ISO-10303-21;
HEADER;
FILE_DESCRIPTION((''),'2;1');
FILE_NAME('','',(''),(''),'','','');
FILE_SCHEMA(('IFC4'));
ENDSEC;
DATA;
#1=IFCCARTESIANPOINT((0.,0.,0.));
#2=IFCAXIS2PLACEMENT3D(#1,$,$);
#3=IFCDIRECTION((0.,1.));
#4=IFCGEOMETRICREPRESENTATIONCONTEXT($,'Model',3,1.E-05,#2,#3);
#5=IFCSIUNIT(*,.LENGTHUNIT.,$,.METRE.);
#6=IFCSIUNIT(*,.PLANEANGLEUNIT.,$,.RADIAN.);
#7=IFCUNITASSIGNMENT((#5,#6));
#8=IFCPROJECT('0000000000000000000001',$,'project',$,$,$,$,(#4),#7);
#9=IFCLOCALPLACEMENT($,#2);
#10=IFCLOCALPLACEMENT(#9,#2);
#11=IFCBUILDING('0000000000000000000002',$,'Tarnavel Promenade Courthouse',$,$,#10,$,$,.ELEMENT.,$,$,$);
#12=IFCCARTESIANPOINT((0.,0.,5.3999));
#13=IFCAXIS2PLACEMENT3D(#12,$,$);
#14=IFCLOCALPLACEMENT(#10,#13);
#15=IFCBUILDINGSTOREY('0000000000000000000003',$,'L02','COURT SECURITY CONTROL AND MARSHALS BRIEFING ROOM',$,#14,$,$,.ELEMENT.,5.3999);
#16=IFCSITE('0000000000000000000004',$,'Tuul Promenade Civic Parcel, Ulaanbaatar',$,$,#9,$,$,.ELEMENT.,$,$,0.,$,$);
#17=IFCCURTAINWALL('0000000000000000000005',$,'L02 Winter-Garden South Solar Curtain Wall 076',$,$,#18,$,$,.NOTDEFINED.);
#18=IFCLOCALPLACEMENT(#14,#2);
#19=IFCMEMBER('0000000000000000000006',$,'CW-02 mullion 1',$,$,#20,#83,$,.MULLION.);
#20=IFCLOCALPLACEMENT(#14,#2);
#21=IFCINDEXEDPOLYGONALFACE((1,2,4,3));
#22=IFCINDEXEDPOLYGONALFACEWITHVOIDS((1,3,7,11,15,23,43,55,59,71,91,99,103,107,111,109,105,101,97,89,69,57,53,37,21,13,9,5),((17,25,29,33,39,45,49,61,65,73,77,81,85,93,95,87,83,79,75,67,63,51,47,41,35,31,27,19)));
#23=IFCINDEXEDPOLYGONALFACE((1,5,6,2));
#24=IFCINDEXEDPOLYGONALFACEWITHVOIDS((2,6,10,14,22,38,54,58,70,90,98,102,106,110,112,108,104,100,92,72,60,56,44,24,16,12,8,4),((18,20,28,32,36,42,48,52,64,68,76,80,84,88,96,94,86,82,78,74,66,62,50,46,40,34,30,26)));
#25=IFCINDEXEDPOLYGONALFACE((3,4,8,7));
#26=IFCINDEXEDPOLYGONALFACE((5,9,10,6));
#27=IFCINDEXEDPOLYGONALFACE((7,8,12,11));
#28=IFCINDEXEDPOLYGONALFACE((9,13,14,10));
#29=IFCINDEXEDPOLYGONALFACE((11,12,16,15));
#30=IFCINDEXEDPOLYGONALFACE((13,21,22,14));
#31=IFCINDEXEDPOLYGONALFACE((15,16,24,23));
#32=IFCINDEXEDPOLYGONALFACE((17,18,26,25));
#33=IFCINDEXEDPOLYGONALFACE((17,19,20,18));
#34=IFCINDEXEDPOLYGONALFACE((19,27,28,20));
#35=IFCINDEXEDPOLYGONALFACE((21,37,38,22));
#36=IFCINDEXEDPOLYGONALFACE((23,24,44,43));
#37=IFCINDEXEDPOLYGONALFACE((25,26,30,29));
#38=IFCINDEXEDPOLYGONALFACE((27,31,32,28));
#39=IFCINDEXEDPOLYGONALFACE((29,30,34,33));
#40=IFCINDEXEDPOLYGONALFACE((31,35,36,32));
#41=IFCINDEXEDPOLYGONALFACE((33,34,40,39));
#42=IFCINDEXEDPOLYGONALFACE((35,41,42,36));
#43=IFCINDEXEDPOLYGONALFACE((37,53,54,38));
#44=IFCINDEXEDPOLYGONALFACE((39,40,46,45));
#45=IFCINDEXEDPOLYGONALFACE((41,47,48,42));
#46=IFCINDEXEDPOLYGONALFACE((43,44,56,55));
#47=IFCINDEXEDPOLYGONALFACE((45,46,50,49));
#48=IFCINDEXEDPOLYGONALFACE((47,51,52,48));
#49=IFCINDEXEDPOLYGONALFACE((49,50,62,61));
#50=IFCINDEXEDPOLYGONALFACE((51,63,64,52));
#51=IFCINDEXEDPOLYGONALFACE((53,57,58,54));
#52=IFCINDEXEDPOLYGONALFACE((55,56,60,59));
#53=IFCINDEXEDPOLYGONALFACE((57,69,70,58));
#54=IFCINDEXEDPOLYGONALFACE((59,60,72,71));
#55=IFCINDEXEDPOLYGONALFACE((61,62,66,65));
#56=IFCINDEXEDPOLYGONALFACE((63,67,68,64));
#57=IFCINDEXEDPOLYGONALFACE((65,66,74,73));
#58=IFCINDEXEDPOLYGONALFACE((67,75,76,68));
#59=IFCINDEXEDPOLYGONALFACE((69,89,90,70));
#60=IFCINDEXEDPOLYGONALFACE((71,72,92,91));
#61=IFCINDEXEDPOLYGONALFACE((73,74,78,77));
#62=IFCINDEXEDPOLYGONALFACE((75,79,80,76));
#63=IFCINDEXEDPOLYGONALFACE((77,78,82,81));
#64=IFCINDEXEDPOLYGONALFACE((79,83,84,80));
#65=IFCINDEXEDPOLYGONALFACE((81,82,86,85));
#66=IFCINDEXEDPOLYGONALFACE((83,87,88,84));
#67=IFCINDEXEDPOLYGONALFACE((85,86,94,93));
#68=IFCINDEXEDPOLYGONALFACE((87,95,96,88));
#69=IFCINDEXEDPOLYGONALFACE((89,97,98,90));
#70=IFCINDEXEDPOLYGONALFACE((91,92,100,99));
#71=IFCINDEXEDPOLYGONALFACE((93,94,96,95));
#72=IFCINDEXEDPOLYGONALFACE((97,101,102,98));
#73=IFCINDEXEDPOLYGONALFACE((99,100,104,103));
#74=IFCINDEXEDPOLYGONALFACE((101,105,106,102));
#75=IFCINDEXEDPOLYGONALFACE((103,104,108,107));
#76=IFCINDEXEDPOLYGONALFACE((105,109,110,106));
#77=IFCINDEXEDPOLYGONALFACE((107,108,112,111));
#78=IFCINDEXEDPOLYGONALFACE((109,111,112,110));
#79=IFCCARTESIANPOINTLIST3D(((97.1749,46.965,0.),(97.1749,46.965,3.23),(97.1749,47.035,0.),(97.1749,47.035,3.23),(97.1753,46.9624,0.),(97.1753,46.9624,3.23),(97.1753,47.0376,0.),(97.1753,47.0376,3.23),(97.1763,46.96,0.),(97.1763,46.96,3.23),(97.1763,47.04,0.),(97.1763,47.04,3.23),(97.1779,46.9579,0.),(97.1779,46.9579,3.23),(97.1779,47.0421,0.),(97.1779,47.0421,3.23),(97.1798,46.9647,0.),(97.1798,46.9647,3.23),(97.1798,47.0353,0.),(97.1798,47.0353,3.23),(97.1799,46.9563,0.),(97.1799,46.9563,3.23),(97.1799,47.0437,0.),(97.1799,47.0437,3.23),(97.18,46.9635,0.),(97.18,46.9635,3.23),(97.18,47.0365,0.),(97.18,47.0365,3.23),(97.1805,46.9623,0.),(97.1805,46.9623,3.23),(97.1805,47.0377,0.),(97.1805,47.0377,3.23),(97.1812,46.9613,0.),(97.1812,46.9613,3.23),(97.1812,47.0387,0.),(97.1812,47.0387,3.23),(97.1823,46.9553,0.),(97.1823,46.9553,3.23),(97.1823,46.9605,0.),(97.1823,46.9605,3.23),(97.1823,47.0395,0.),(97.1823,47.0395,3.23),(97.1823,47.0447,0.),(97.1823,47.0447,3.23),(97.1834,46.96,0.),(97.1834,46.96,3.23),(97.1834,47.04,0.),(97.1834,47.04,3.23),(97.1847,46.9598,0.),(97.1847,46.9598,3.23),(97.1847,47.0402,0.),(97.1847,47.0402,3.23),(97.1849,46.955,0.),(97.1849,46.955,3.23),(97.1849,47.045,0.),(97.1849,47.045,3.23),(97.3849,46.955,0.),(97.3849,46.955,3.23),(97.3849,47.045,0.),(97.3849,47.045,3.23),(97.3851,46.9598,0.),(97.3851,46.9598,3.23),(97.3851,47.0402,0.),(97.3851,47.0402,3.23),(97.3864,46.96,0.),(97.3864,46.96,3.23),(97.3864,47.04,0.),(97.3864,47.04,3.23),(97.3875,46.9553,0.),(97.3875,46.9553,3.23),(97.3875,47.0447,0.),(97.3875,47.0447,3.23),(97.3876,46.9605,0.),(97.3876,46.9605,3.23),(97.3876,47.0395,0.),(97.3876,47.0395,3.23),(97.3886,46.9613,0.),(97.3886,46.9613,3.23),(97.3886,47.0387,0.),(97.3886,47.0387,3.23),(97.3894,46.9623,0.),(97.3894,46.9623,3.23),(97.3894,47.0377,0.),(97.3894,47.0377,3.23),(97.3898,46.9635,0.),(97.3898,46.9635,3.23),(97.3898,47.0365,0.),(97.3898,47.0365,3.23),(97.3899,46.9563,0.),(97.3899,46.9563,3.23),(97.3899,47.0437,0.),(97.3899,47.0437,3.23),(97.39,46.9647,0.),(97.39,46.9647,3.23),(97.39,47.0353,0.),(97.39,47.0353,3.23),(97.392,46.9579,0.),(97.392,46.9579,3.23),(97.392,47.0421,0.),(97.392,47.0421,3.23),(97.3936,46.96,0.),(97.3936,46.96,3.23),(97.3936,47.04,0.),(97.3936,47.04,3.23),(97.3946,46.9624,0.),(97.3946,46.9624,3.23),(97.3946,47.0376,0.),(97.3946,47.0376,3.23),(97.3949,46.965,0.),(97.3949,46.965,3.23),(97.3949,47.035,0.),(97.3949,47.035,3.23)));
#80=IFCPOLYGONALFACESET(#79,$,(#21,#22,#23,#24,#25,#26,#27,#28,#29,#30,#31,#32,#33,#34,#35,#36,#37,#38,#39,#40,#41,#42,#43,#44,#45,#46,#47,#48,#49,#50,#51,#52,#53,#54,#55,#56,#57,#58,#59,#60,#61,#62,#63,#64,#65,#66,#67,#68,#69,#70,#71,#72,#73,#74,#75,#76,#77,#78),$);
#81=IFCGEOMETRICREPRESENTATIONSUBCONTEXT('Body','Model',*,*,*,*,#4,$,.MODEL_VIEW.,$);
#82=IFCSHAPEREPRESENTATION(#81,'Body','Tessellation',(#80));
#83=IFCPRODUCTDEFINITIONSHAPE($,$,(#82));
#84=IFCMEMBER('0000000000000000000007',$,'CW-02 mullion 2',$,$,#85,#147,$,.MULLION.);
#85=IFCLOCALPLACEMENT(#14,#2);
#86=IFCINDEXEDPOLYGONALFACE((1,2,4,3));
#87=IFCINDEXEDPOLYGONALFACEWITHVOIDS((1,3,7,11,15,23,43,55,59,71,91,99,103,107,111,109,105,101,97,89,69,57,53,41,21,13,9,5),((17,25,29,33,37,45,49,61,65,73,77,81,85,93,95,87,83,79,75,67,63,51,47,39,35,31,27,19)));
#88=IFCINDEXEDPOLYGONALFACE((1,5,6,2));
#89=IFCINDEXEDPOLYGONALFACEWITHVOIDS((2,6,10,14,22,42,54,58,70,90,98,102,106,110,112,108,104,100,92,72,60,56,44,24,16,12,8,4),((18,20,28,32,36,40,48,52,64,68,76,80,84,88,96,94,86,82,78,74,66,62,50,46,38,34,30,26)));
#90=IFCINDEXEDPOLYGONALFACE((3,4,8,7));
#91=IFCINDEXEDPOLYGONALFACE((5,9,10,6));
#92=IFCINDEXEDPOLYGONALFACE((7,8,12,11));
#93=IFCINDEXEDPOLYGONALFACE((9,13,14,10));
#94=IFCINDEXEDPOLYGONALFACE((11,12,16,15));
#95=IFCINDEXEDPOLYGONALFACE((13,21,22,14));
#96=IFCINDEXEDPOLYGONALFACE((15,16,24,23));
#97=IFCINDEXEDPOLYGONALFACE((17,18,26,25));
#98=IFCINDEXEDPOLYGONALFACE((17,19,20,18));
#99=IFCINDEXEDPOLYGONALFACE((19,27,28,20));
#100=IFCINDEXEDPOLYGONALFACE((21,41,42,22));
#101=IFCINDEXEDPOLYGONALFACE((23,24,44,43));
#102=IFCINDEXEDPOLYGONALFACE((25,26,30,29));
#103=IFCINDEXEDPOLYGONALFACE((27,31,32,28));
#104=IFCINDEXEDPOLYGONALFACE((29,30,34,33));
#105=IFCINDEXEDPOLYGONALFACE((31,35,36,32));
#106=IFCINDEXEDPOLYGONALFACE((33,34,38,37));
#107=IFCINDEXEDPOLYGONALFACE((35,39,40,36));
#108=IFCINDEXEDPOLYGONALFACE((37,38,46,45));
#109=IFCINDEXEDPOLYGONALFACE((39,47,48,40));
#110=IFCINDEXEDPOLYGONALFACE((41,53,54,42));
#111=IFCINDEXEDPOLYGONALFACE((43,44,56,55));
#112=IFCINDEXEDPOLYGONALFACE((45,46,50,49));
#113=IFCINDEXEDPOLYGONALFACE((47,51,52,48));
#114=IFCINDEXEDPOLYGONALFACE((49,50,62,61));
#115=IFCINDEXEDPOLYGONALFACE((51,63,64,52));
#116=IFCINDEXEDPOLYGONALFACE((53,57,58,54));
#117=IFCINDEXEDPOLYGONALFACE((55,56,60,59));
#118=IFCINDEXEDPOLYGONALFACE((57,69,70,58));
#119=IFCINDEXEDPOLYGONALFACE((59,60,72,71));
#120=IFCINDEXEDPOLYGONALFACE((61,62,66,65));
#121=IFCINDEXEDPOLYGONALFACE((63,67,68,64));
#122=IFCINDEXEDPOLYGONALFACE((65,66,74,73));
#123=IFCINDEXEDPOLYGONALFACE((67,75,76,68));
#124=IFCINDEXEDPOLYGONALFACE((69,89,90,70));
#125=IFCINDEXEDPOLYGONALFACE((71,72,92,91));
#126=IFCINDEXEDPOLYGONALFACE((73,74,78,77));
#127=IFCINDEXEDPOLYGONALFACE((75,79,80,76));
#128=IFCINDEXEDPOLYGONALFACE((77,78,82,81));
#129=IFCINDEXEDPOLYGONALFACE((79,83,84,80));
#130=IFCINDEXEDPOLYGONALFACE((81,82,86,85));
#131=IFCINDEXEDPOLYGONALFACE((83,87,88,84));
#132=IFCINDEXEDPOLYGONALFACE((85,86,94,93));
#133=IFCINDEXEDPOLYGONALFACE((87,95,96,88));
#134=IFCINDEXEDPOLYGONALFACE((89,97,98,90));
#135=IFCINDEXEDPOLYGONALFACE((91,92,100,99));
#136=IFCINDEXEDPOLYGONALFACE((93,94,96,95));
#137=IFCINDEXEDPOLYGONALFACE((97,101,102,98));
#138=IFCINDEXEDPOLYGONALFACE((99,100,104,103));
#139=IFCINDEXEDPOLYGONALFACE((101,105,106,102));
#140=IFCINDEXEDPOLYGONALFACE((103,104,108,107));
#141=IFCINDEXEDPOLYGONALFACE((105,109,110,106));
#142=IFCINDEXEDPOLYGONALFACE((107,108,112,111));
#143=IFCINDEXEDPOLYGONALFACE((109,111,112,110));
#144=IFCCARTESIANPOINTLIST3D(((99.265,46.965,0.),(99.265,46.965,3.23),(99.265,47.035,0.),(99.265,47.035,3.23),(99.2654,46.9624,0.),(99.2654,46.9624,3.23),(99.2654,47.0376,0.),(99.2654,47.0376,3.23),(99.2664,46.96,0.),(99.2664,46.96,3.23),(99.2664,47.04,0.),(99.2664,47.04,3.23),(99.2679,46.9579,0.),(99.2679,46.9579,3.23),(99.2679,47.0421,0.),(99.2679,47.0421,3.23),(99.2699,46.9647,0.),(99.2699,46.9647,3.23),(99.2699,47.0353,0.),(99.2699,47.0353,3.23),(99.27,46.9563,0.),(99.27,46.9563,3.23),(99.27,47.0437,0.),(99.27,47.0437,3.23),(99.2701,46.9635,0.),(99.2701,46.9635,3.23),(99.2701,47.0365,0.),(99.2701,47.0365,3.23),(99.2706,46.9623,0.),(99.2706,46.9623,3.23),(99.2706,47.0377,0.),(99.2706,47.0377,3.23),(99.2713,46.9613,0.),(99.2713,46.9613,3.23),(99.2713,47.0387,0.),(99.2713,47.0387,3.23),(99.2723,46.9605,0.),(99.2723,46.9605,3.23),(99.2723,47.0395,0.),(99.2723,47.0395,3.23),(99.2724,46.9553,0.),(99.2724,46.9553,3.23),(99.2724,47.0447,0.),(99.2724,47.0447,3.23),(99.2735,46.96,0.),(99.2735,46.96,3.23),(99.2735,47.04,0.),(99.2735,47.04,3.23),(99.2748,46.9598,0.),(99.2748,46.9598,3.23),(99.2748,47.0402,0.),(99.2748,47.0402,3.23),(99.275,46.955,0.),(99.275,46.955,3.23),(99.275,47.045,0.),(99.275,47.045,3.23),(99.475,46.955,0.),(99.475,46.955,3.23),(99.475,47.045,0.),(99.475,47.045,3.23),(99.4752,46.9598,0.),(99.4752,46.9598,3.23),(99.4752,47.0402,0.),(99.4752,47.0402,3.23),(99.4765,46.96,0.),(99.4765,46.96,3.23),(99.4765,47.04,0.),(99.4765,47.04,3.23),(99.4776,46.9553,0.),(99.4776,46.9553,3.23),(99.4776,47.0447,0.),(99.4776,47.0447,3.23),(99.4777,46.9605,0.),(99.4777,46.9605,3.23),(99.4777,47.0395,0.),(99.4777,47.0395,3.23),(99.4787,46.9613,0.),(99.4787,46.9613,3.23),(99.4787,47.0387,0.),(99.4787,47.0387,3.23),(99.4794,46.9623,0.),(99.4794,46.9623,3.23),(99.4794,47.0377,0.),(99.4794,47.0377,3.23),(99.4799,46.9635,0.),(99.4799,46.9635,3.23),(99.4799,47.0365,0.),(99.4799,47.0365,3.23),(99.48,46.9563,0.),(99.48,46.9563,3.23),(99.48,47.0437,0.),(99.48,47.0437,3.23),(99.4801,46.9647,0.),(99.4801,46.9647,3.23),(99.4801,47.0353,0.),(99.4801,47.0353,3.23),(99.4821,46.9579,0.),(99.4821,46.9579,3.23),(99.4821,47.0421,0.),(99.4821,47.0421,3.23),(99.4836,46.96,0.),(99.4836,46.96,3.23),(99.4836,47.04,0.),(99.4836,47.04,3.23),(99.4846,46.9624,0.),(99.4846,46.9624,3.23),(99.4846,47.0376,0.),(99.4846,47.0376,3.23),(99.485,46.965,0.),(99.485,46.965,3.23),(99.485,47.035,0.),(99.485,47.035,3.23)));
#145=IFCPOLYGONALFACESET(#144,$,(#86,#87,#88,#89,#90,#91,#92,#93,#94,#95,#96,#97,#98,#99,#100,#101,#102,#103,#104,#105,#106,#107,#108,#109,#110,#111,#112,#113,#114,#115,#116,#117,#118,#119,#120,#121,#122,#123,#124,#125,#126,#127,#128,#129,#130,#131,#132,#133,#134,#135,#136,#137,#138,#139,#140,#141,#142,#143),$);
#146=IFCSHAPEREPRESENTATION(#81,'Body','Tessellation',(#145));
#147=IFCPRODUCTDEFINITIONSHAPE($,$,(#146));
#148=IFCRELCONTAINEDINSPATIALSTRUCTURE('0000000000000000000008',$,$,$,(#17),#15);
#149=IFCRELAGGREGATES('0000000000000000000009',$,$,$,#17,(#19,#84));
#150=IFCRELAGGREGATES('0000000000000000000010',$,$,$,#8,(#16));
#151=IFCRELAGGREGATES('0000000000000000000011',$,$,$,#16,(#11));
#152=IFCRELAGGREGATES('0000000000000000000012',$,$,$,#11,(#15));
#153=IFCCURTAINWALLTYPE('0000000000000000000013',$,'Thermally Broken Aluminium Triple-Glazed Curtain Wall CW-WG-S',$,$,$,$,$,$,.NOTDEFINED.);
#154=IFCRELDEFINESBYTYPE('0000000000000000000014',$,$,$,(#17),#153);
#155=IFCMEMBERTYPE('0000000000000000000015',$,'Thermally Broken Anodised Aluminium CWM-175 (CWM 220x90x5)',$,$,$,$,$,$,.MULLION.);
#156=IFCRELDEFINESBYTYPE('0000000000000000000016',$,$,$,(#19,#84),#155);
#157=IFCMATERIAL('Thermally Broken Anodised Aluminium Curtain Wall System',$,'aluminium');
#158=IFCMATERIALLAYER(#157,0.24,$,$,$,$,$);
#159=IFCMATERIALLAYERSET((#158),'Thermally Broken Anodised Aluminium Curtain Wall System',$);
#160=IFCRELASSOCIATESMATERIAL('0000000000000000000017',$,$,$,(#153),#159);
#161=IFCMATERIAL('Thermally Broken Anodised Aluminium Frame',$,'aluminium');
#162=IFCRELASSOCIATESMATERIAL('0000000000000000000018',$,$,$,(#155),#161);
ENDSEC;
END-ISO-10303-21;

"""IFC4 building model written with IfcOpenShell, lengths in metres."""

from ifc_helpers import new_model, si_unit, direction, frame, origin, origin_2d, place, context, subcontext, project, spatial, hollow_rectangle, extrude, material, layer, layer_set, material_profile, profile_set, type_object, element, aggregate, save


model = new_model("IFC4")

# Units and contexts
model_context = context("Model", 3, precision=1e-05, world=origin(), true_north=direction((0.0, 1.0)))
body_context = subcontext(model_context, "Body", "Model", "MODEL_VIEW")
ifc_project = project(units=[si_unit("LENGTHUNIT", "METRE"), si_unit("PLANEANGLEUNIT", "RADIAN")], contexts=[model_context])

# Site, building, storey
site_placement = place(None, origin())
site = spatial("IfcSite", under=ifc_project, at=site_placement, Name="Tuul Promenade Civic Parcel, Ulaanbaatar", CompositionType="ELEMENT", RefElevation=0.0)
building_placement = place(site_placement, origin())
building = spatial("IfcBuilding", under=site, at=building_placement, Name="Tarnavel Promenade Courthouse", CompositionType="ELEMENT")
storey_placement = place(building_placement, frame((0.0, 0.0, 5.3999)))
storey = spatial("IfcBuildingStorey", under=building, at=storey_placement, Name="L02", Description="COURT SECURITY CONTROL AND MARSHALS BRIEFING ROOM", CompositionType="ELEMENT", Elevation=5.3999)

# Shared definitions
ifc_material_1 = material(Name="Thermally Broken Anodised Aluminium Curtain Wall System", Category="aluminium")
ifc_layer_1 = layer(ifc_material_1, 0.24)
ifc_layer_set_1 = layer_set([ifc_layer_1], Name="Thermally Broken Anodised Aluminium Curtain Wall System")
curtain_wall_type = type_object("IfcCurtainWallType", Name="Thermally Broken Aluminium Triple-Glazed Curtain Wall CW-WG-S", PredefinedType="NOTDEFINED", material=ifc_layer_set_1)
ifc_material_2 = material(Name="Thermally Broken Anodised Aluminium Frame", Category="aluminium")
ifc_material_profile_1 = material_profile(ifc_material_2, hollow_rectangle(XDim=0.0901, YDim=0.22, WallThickness=0.0049, InnerFilletRadius=0.0049, OuterFilletRadius=0.01, at=origin_2d()), Name="CWM 220x90x5")
ifc_profile_set_1 = profile_set([ifc_material_profile_1], Name="Thermally Broken Anodised Aluminium Frame")
member_type_1 = type_object("IfcMemberType", Name="Thermally Broken Anodised Aluminium CWM-175 (CWM 220x90x5)", PredefinedType="MULLION", material=ifc_profile_set_1)

# Curtain wall, members
curtain_wall_1_placement = place(storey_placement, origin())
curtain_wall_1 = element("IfcCurtainWall", 1, at=curtain_wall_1_placement, inside=storey, type_object=curtain_wall_type, Name="L02 Winter-Garden South Solar Curtain Wall 076", PredefinedType="NOTDEFINED")
member_1_placement = place(storey_placement, frame((97.2849, 47.0, 0.0), z_axis=(0.0, 0.0, 1.0), x_axis=(0.0, 1.0, 0.0)))
member_1 = element("IfcMember", 2, at=member_1_placement, type_object=member_type_1, Name="CW-02 mullion 1", PredefinedType="MULLION", context=body_context, shape_type="SweptSolid", body=[
    extrude(hollow_rectangle(XDim=0.0901, YDim=0.22, WallThickness=0.0049, InnerFilletRadius=0.0049, OuterFilletRadius=0.01, at=origin_2d()), origin(), (0.0, 0.0, 1.0), 3.23),
])
member_2_placement = place(storey_placement, frame((99.375, 47.0, 0.0), z_axis=(0.0, 0.0, 1.0), x_axis=(0.0, 1.0, 0.0)))
member_2 = element("IfcMember", 3, at=member_2_placement, type_object=member_type_1, Name="CW-02 mullion 2", PredefinedType="MULLION", context=body_context, shape_type="SweptSolid", body=[
    extrude(hollow_rectangle(XDim=0.0901, YDim=0.22, WallThickness=0.0049, InnerFilletRadius=0.0049, OuterFilletRadius=0.01, at=origin_2d()), origin(), (0.0, 0.0, 1.0), 3.23),
])

aggregate(curtain_wall_1, [member_1, member_2])

save(model, "model.ifc")
